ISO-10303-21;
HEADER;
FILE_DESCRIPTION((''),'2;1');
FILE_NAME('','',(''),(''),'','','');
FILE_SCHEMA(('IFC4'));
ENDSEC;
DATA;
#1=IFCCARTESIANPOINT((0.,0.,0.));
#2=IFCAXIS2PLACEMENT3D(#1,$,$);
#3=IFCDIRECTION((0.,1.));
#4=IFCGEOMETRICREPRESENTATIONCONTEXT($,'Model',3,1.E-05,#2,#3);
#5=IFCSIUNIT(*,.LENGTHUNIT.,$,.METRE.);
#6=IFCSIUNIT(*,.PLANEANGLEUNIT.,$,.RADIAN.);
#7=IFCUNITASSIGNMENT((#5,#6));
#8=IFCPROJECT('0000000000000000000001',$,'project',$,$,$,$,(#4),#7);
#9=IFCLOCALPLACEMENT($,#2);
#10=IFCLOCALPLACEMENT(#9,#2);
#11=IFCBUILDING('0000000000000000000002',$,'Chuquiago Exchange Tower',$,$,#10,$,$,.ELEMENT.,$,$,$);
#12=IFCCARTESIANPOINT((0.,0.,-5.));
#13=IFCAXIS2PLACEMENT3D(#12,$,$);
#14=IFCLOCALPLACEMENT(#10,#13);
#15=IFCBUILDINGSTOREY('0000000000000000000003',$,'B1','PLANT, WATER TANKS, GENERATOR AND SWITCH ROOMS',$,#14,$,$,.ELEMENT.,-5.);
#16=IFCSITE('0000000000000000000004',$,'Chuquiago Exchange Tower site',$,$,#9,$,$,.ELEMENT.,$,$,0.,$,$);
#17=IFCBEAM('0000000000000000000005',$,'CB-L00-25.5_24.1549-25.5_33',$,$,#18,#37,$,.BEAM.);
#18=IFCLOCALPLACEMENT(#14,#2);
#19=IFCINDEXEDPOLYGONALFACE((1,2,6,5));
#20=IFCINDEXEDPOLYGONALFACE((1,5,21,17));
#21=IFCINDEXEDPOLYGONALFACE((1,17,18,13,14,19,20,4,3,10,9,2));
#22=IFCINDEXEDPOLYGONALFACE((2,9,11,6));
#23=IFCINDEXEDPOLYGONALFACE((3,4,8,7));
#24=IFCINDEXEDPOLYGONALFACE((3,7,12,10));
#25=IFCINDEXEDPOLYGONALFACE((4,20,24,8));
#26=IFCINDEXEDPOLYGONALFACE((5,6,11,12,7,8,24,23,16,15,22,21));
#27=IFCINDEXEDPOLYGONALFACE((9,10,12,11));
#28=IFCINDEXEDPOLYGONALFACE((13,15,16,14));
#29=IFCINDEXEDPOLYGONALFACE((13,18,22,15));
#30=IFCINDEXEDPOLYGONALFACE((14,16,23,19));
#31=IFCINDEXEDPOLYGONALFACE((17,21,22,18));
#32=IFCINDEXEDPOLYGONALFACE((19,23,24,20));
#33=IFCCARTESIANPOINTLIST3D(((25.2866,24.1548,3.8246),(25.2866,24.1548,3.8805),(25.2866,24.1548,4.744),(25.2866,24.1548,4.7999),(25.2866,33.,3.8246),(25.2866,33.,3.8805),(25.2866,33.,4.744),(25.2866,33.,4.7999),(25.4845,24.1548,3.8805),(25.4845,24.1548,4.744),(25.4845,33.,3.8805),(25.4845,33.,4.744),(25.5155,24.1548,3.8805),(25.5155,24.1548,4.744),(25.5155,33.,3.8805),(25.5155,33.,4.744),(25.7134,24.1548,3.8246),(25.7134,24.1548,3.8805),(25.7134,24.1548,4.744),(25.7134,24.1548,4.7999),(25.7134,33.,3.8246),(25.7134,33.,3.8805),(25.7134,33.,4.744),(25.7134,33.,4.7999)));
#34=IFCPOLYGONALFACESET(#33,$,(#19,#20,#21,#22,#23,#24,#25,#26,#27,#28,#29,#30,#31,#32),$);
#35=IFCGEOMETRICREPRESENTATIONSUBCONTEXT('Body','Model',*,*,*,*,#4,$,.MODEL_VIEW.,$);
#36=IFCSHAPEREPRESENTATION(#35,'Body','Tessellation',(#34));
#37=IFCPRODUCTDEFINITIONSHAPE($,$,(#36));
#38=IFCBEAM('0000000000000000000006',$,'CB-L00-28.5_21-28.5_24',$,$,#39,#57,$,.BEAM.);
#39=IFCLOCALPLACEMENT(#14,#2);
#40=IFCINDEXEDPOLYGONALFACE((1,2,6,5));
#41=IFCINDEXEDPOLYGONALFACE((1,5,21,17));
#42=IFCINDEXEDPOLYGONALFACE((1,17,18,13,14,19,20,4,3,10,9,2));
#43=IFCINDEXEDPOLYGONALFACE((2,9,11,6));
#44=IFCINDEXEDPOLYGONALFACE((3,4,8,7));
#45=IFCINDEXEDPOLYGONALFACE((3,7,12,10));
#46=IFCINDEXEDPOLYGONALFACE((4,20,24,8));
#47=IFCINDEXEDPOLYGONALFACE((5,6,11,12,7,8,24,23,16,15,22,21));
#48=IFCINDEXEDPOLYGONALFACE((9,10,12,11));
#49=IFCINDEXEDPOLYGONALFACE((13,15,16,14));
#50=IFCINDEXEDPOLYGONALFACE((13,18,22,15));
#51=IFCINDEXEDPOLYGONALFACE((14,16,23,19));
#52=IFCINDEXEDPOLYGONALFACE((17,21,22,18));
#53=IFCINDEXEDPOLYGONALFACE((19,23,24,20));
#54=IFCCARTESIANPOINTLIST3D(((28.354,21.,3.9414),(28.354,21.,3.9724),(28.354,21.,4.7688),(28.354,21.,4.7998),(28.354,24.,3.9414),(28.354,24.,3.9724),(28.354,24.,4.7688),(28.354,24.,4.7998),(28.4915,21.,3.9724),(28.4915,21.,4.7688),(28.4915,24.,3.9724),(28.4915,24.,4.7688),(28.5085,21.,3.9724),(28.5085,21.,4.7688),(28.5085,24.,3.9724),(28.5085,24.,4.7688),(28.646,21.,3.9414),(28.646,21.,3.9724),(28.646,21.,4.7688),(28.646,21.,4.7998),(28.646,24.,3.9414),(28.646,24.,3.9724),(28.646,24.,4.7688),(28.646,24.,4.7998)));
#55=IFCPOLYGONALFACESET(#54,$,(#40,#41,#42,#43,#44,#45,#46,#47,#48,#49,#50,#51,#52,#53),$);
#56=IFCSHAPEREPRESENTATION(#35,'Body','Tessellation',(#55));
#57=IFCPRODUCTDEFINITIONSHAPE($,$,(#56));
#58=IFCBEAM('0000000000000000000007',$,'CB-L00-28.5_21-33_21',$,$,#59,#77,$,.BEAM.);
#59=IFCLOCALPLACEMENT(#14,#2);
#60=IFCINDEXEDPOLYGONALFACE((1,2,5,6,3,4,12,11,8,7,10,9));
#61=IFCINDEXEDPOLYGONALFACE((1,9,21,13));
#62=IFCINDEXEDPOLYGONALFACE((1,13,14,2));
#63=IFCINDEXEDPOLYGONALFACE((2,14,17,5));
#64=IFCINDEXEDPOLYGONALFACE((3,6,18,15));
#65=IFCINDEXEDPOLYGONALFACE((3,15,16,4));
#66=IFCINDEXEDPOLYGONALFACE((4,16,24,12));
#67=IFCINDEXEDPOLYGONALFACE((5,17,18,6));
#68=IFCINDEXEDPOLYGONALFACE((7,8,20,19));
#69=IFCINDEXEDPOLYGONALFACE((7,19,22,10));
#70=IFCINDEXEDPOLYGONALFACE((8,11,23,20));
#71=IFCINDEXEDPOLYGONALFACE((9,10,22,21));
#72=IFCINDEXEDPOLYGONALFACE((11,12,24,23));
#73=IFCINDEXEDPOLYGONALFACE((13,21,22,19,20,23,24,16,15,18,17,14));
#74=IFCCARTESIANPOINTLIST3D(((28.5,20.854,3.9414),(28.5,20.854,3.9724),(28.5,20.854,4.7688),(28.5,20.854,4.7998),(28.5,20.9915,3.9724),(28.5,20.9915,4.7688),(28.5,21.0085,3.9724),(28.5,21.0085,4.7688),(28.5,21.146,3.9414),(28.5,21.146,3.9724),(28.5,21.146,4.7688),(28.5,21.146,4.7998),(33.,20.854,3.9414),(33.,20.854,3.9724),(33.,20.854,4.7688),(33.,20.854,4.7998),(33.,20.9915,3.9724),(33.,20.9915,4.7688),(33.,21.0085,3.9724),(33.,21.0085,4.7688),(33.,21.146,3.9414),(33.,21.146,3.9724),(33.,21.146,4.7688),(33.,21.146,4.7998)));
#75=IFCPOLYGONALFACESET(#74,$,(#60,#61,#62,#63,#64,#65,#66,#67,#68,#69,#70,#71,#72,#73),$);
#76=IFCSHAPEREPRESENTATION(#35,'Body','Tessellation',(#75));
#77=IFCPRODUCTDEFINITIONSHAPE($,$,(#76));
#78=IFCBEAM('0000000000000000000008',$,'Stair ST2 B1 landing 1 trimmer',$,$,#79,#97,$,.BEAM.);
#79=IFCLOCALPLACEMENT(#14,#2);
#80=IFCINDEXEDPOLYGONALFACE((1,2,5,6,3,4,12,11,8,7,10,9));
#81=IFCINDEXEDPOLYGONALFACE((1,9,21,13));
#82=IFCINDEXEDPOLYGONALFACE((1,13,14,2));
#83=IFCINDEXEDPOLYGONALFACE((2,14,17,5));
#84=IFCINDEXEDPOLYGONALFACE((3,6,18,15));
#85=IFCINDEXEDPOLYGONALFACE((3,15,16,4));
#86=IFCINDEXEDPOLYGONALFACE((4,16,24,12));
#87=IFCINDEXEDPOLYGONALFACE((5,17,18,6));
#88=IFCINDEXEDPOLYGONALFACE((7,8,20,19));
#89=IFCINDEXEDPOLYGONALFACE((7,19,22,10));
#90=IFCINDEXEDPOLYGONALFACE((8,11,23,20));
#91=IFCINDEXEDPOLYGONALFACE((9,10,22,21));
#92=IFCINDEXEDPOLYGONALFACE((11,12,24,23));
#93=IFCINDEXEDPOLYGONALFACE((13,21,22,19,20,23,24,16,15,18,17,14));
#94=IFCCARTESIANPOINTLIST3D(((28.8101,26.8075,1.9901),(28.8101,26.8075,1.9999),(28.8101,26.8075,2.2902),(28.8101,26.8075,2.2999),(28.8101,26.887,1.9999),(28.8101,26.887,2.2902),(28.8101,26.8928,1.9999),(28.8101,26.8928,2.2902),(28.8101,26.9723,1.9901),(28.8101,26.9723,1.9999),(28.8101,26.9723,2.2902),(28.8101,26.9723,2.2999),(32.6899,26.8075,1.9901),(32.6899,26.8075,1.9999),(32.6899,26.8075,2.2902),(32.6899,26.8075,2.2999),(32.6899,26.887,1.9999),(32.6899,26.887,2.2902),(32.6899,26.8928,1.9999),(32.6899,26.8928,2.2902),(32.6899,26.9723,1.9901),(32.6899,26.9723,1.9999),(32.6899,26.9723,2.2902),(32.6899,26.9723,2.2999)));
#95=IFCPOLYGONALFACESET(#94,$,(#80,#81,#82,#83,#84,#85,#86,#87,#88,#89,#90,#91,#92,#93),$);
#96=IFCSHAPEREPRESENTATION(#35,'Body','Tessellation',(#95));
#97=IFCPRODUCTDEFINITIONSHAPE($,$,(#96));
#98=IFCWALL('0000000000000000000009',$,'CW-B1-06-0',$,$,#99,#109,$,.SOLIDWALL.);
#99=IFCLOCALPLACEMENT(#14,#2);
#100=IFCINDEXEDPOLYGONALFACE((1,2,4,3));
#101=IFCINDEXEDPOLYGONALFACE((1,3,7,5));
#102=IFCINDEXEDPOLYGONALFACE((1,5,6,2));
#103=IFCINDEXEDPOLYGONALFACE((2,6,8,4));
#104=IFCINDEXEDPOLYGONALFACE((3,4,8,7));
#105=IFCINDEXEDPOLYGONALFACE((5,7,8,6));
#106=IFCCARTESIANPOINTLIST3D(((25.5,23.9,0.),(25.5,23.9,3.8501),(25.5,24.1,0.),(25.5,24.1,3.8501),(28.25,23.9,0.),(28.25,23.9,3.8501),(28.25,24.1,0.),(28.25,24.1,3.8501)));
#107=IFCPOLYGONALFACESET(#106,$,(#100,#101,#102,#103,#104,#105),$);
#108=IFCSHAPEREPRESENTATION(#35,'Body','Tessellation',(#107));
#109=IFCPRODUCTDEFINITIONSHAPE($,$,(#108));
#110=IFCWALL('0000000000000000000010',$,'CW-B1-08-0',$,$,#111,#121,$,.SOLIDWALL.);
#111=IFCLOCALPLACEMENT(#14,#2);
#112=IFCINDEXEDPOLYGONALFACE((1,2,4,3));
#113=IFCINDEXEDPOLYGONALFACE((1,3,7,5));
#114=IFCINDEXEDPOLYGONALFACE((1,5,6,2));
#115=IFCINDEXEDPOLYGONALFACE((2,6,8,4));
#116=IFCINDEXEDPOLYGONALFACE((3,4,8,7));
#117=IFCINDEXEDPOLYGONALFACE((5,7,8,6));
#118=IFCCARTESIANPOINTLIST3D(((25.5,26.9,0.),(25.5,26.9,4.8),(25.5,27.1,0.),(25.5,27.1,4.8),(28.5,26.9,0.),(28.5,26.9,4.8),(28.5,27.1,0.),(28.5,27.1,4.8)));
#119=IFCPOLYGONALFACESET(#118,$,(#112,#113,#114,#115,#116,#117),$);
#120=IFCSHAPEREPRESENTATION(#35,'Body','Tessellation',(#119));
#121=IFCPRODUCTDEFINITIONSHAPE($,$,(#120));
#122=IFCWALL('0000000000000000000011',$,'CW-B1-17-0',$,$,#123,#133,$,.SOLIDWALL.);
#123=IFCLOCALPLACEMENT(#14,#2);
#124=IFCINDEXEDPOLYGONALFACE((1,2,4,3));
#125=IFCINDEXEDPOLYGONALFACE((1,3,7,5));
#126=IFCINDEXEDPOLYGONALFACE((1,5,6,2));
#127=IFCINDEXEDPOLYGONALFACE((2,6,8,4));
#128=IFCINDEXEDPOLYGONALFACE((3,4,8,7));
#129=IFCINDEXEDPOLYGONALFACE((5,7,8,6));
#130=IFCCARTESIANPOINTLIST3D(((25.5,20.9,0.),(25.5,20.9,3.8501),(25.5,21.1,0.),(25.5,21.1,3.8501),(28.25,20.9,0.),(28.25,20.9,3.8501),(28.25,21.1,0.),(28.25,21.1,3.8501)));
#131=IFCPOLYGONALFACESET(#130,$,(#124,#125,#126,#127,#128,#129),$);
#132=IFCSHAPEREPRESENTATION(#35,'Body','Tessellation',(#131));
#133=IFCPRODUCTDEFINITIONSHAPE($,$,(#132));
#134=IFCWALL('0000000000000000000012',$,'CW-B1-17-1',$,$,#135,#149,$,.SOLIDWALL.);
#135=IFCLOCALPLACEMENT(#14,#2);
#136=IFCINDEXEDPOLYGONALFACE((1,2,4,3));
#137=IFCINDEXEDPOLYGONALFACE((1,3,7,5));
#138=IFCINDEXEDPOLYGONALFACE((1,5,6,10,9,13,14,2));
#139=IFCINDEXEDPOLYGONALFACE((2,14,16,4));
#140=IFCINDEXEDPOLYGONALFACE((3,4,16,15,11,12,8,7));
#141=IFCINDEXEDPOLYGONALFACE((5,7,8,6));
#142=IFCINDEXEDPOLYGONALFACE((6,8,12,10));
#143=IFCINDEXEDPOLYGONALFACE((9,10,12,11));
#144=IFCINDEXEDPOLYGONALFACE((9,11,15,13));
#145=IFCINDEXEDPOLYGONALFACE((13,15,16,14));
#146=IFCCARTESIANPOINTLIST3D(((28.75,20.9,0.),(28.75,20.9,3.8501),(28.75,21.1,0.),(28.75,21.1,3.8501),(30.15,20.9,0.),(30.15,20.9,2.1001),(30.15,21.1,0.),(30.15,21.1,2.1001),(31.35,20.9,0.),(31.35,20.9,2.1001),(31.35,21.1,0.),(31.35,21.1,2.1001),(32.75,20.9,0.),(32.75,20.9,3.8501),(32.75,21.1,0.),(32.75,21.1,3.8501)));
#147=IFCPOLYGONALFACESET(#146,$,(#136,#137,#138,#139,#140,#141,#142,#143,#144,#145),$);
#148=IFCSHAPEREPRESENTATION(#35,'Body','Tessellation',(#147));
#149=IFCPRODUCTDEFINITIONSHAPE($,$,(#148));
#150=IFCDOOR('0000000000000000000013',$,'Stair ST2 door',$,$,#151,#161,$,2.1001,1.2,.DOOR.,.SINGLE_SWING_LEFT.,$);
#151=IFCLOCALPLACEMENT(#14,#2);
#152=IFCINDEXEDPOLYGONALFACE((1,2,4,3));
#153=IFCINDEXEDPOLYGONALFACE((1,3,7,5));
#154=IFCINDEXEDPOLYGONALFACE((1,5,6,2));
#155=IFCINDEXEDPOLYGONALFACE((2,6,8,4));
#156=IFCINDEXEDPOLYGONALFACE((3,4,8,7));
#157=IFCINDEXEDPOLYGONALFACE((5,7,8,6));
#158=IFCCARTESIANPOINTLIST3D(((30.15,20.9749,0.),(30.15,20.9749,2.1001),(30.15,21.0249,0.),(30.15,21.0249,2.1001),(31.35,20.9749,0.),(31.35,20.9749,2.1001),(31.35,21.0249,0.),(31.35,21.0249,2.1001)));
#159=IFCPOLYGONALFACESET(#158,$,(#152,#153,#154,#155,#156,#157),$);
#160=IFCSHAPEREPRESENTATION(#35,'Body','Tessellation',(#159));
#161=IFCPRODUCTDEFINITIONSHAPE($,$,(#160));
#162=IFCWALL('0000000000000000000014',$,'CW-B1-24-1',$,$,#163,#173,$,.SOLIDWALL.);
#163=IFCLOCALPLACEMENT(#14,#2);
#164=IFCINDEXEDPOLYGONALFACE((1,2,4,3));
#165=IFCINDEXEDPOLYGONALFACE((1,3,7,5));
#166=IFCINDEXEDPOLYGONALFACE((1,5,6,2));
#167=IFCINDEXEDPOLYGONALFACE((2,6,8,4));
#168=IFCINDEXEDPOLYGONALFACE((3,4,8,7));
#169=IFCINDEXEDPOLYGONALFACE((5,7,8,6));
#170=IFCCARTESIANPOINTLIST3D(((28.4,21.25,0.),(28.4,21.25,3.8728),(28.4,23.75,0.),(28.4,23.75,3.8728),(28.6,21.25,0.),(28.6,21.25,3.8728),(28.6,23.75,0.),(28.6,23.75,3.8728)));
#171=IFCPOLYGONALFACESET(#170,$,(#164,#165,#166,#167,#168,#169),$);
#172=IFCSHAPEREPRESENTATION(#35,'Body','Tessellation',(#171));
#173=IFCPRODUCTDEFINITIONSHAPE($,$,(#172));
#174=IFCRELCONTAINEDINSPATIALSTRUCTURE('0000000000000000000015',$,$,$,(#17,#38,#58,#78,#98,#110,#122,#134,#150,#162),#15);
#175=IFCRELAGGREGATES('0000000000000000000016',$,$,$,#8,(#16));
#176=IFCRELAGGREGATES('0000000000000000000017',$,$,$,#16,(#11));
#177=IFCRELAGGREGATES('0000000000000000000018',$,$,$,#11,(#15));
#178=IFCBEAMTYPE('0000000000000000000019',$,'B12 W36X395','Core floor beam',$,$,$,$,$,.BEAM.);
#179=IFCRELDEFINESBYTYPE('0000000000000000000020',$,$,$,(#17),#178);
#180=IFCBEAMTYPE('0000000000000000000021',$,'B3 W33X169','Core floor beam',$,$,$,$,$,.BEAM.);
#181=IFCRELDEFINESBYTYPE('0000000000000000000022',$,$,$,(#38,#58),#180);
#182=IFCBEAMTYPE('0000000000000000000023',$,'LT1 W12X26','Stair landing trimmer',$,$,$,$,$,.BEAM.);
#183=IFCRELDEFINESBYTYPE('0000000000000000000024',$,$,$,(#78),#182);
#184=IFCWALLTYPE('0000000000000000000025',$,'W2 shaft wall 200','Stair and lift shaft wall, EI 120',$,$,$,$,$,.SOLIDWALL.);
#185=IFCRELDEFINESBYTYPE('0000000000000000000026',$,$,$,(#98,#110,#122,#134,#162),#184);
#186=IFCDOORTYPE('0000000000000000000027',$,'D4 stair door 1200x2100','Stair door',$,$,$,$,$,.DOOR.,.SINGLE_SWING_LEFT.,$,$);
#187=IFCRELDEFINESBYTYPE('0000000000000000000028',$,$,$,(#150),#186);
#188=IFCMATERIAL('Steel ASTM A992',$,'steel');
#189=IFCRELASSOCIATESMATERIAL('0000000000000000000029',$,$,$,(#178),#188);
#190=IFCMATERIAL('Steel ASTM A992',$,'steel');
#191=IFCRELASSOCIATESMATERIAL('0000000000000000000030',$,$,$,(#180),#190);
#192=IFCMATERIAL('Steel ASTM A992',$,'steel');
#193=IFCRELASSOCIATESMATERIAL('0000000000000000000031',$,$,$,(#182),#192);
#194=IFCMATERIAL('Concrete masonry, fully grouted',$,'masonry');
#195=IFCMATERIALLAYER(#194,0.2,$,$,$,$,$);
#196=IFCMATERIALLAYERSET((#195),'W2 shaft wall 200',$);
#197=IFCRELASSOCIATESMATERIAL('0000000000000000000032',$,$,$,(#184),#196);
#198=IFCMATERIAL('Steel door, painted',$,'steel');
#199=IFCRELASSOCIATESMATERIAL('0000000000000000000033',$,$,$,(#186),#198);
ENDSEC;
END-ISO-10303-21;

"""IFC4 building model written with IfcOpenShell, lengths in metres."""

from ifc_helpers import new_model, si_unit, direction, frame, frame_2d, origin, origin_2d, place, context, subcontext, project, spatial, rectangle, i_section, extrude, material, layer, layer_set, material_profile, profile_set, type_object, element, fill, save


model = new_model("IFC4")

# Units and contexts
model_context = context("Model", 3, precision=1e-05, world=origin(), true_north=direction((0.0, 1.0)))
body_context = subcontext(model_context, "Body", "Model", "MODEL_VIEW")
ifc_project = project(units=[si_unit("LENGTHUNIT", "METRE"), si_unit("PLANEANGLEUNIT", "RADIAN")], contexts=[model_context])

# Site, building, storey
site_placement = place(None, origin())
site = spatial("IfcSite", under=ifc_project, at=site_placement, Name="Chuquiago Exchange Tower site", CompositionType="ELEMENT", RefElevation=0.0)
building_placement = place(site_placement, origin())
building = spatial("IfcBuilding", under=site, at=building_placement, Name="Chuquiago Exchange Tower", CompositionType="ELEMENT")
storey_placement = place(building_placement, frame((0.0, 0.0, -5.0)))
storey = spatial("IfcBuildingStorey", under=building, at=storey_placement, Name="B1", Description="PLANT, WATER TANKS, GENERATOR AND SWITCH ROOMS", CompositionType="ELEMENT", Elevation=-5.0)

# Beams
ifc_material_1 = material(Name="Steel ASTM A992", Category="steel")
ifc_material_profile_1 = material_profile(ifc_material_1, i_section(OverallWidth=0.4268, OverallDepth=0.9753, WebThickness=0.031, FlangeThickness=0.0559, at=origin_2d()), Name="W36X395")
ifc_profile_set_1 = profile_set([ifc_material_profile_1], Name="Steel ASTM A992")
beam_type_1 = type_object("IfcBeamType", Name="B12 W36X395", Description="Core floor beam", PredefinedType="BEAM", material=ifc_profile_set_1)
beam_1_placement = place(storey_placement, frame((25.5, 24.1548, 4.3123), z_axis=(0.0, 1.0, 0.0), x_axis=(-1.0, 0.0, 0.0)))
element("IfcBeam", 1, at=beam_1_placement, inside=storey, type_object=beam_type_1, Name="CB-L00-25.5_24.1549-25.5_33", PredefinedType="BEAM", context=body_context, shape_type="SweptSolid", body=[
    extrude(i_section(OverallWidth=0.4268, OverallDepth=0.9753, WebThickness=0.031, FlangeThickness=0.0559, at=origin_2d()), origin(), (0.0, 0.0, 1.0), 8.8452),
])
ifc_material_2 = material(Name="Steel ASTM A992", Category="steel")
ifc_material_profile_2 = material_profile(ifc_material_2, i_section(OverallWidth=0.292, OverallDepth=0.8584, WebThickness=0.0171, FlangeThickness=0.031, at=origin_2d()), Name="W33X169")
ifc_profile_set_2 = profile_set([ifc_material_profile_2], Name="Steel ASTM A992")
beam_type_2 = type_object("IfcBeamType", Name="B3 W33X169", Description="Core floor beam", PredefinedType="BEAM", material=ifc_profile_set_2)
beam_2_placement = place(storey_placement, frame((28.5, 21.0, 4.3706), z_axis=(0.0, 1.0, 0.0), x_axis=(-1.0, 0.0, 0.0)))
element("IfcBeam", 2, at=beam_2_placement, inside=storey, type_object=beam_type_2, Name="CB-L00-28.5_21-28.5_24", PredefinedType="BEAM", context=body_context, shape_type="SweptSolid", body=[
    extrude(i_section(OverallWidth=0.292, OverallDepth=0.8584, WebThickness=0.0171, FlangeThickness=0.031, at=origin_2d()), origin(), (0.0, 0.0, 1.0), 3.0),
])
beam_3_placement = place(storey_placement, frame((28.5, 21.0, 4.3706), z_axis=(1.0, 0.0, 0.0), x_axis=(0.0, 1.0, 0.0)))
element("IfcBeam", 3, at=beam_3_placement, inside=storey, type_object=beam_type_2, Name="CB-L00-28.5_21-33_21", PredefinedType="BEAM", context=body_context, shape_type="SweptSolid", body=[
    extrude(i_section(OverallWidth=0.292, OverallDepth=0.8584, WebThickness=0.0171, FlangeThickness=0.031, at=origin_2d()), origin(), (0.0, 0.0, 1.0), 4.5),
])
ifc_material_3 = material(Name="Steel ASTM A992", Category="steel")
ifc_material_profile_3 = material_profile(ifc_material_3, i_section(OverallWidth=0.1648, OverallDepth=0.3098, WebThickness=0.0059, FlangeThickness=0.0098, at=origin_2d()), Name="W12X26")
ifc_profile_set_3 = profile_set([ifc_material_profile_3], Name="Steel ASTM A992")
beam_type_3 = type_object("IfcBeamType", Name="LT1 W12X26", Description="Stair landing trimmer", PredefinedType="BEAM", material=ifc_profile_set_3)
beam_4_placement = place(storey_placement, frame((28.8101, 26.8899, 2.145), z_axis=(1.0, 0.0, 0.0), x_axis=(0.0, 1.0, 0.0)))
element("IfcBeam", 4, at=beam_4_placement, inside=storey, type_object=beam_type_3, Name="Stair ST2 B1 landing 1 trimmer", PredefinedType="BEAM", context=body_context, shape_type="SweptSolid", body=[
    extrude(i_section(OverallWidth=0.1648, OverallDepth=0.3098, WebThickness=0.0059, FlangeThickness=0.0098, at=origin_2d()), origin(), (0.0, 0.0, 1.0), 3.8799),
])

# Walls
ifc_material_4 = material(Name="Concrete masonry, fully grouted", Category="masonry")
ifc_layer_1 = layer(ifc_material_4, 0.2)
ifc_layer_set_1 = layer_set([ifc_layer_1], Name="W2 shaft wall 200")
wall_type_1 = type_object("IfcWallType", Name="W2 shaft wall 200", Description="Stair and lift shaft wall, EI 120", PredefinedType="SOLIDWALL", material=ifc_layer_set_1)
wall_1_placement = place(storey_placement, frame((25.5, 24.0, 0.0), z_axis=(0.0, 0.0, 1.0), x_axis=(1.0, 0.0, 0.0)))
element("IfcWall", 5, at=wall_1_placement, inside=storey, type_object=wall_type_1, Name="CW-B1-06-0", PredefinedType="SOLIDWALL", context=body_context, shape_type="SweptSolid", body=[
    extrude(rectangle(XDim=2.75, YDim=0.2, at=frame_2d((1.375, 0.0))), origin(), (0.0, 0.0, 1.0), 3.8501),
])
wall_2_placement = place(storey_placement, frame((25.5, 27.0, 0.0), z_axis=(0.0, 0.0, 1.0), x_axis=(1.0, 0.0, 0.0)))
element("IfcWall", 6, at=wall_2_placement, inside=storey, type_object=wall_type_1, Name="CW-B1-08-0", PredefinedType="SOLIDWALL", context=body_context, shape_type="SweptSolid", body=[
    extrude(rectangle(XDim=3.0, YDim=0.2, at=frame_2d((1.5, 0.0))), origin(), (0.0, 0.0, 1.0), 4.8),
])
wall_3_placement = place(storey_placement, frame((25.5, 21.0, 0.0), z_axis=(0.0, 0.0, 1.0), x_axis=(1.0, 0.0, 0.0)))
element("IfcWall", 7, at=wall_3_placement, inside=storey, type_object=wall_type_1, Name="CW-B1-17-0", PredefinedType="SOLIDWALL", context=body_context, shape_type="SweptSolid", body=[
    extrude(rectangle(XDim=2.75, YDim=0.2, at=frame_2d((1.375, 0.0))), origin(), (0.0, 0.0, 1.0), 3.8501),
])

# Wall, opening, door
wall_4_placement = place(storey_placement, frame((28.75, 21.0, 0.0), z_axis=(0.0, 0.0, 1.0), x_axis=(1.0, 0.0, 0.0)))
wall_4 = element("IfcWall", 8, at=wall_4_placement, inside=storey, type_object=wall_type_1, Name="CW-B1-17-1", PredefinedType="SOLIDWALL", context=body_context, shape_type="SweptSolid", body=[
    extrude(rectangle(XDim=4.0, YDim=0.2, at=frame_2d((2.0, 0.0))), origin(), (0.0, 0.0, 1.0), 3.8501),
])
opening_placement = place(wall_4_placement, frame((1.3999, 0.0, 0.0)))
opening = element("IfcOpeningElement", 9, at=opening_placement, cuts=wall_4, PredefinedType="OPENING", context=body_context, shape_type="SweptSolid", body=[
    extrude(rectangle(XDim=1.2, YDim=2.1001, at=frame_2d((0.6001, 1.05))), frame((0.0, 0.1099, 0.0), z_axis=(0.0, -1.0, 0.0), x_axis=(1.0, 0.0, 0.0)), (0.0, 0.0, 1.0), 0.22),
])
ifc_material_5 = material(Name="Steel door, painted", Category="steel")
door_type = type_object("IfcDoorType", Name="D4 stair door 1200x2100", Description="Stair door", OperationType="SINGLE_SWING_LEFT", PredefinedType="DOOR", material=ifc_material_5)
door_placement = place(opening_placement, origin())
door = element("IfcDoor", 10, at=door_placement, inside=storey, type_object=door_type, Name="Stair ST2 door", OperationType="SINGLE_SWING_LEFT", OverallHeight=2.1001, OverallWidth=1.2, PredefinedType="DOOR", context=body_context, shape_type="SweptSolid", body=[
    extrude(rectangle(XDim=1.2, YDim=2.1001, at=frame_2d((0.6001, 1.05))), frame((0.0, 0.0249, 0.0), z_axis=(0.0, -1.0, 0.0), x_axis=(1.0, 0.0, 0.0)), (0.0, 0.0, 1.0), 0.05),
])
fill(opening, door)

# Wall
wall_5_placement = place(storey_placement, frame((28.5, 21.25, 0.0), z_axis=(0.0, 0.0, 1.0), x_axis=(0.0, 1.0, 0.0)))
element("IfcWall", 11, at=wall_5_placement, inside=storey, type_object=wall_type_1, Name="CW-B1-24-1", PredefinedType="SOLIDWALL", context=body_context, shape_type="SweptSolid", body=[
    extrude(rectangle(XDim=2.5, YDim=0.2, at=frame_2d((1.25, 0.0))), origin(), (0.0, 0.0, 1.0), 3.8728),
])

save(model, "model.ifc")
